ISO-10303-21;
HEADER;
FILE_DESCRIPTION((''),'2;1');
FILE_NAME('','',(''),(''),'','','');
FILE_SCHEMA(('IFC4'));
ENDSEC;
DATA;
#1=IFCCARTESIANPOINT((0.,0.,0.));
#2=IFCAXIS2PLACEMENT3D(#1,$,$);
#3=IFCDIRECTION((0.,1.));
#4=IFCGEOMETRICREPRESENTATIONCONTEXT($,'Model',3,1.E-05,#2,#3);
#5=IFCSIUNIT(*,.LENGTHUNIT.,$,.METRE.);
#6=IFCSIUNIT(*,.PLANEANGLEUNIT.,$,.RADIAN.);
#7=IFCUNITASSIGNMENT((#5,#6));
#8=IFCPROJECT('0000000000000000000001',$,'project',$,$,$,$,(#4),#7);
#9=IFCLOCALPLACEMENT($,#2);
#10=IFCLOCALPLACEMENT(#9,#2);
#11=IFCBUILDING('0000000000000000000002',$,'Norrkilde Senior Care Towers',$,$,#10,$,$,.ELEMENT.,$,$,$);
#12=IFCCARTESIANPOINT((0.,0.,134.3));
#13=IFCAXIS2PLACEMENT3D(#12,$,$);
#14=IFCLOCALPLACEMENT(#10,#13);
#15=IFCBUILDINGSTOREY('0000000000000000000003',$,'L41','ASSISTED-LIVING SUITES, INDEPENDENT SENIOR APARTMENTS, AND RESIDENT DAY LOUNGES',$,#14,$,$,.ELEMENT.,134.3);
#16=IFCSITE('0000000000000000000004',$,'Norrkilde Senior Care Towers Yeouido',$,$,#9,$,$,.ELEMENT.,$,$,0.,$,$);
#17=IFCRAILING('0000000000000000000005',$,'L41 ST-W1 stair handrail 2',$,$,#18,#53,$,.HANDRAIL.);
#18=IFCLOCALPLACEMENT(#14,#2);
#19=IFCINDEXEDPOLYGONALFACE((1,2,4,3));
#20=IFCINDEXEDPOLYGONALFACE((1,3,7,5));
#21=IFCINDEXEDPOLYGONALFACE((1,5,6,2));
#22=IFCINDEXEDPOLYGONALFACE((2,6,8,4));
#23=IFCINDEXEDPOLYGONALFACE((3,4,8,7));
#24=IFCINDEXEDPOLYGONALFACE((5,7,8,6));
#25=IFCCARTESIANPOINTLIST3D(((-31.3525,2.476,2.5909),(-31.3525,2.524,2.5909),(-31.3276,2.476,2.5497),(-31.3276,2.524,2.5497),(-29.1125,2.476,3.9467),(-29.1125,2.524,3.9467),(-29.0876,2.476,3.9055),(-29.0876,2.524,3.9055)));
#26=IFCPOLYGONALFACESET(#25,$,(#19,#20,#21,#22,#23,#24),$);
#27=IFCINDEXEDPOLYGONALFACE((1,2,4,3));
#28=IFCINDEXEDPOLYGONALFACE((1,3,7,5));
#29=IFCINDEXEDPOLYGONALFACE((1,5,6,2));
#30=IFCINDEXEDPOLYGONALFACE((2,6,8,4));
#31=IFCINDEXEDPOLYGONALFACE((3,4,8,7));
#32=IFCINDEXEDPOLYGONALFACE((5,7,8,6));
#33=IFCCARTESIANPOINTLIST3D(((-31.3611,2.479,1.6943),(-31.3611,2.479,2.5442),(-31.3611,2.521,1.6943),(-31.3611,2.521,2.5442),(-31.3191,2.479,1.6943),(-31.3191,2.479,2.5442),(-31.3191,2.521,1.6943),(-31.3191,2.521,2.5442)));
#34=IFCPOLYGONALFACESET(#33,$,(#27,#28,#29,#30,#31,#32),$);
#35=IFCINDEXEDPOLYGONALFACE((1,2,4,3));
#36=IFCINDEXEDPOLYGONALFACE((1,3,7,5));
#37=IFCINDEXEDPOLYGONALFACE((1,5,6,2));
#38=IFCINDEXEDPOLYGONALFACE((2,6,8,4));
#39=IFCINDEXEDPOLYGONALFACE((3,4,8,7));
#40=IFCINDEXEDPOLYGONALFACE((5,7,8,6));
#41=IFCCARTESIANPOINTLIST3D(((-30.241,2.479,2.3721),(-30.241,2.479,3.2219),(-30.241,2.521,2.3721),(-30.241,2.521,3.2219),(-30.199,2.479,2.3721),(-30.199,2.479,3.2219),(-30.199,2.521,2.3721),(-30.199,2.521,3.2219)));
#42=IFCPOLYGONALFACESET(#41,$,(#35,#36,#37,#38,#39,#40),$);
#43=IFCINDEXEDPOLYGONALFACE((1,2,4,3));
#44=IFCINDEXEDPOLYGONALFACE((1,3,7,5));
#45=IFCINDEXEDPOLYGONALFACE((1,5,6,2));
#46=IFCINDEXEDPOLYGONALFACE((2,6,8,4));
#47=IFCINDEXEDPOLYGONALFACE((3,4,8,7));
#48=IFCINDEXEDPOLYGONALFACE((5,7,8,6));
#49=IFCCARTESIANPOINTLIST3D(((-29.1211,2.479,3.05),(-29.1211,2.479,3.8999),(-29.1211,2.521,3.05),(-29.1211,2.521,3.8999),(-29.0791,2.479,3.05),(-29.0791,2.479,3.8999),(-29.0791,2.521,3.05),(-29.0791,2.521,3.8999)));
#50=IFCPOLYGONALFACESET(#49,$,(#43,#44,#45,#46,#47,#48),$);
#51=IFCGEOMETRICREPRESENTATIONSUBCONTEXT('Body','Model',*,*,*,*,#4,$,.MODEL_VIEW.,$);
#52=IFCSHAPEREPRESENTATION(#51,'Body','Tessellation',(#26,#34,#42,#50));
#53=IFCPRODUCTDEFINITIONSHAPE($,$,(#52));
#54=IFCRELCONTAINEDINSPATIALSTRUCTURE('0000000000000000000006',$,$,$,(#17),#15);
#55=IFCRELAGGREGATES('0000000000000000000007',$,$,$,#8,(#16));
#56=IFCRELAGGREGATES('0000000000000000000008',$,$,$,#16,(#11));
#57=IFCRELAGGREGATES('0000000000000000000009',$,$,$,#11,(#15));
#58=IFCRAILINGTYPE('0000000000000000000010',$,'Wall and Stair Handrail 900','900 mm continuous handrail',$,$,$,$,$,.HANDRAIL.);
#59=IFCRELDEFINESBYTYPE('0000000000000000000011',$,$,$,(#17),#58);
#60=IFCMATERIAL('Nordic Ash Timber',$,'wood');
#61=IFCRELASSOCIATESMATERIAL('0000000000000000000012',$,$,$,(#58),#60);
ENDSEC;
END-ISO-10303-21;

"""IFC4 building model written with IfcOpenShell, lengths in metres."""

from ifc_helpers import new_model, si_unit, direction, frame, origin, origin_2d, place, context, subcontext, project, spatial, rectangle, extrude, material, type_object, element, save


model = new_model("IFC4")

# Units and contexts
model_context = context("Model", 3, precision=1e-05, world=origin(), true_north=direction((0.0, 1.0)))
body_context = subcontext(model_context, "Body", "Model", "MODEL_VIEW")
ifc_project = project(units=[si_unit("LENGTHUNIT", "METRE"), si_unit("PLANEANGLEUNIT", "RADIAN")], contexts=[model_context])

# Site, building, storey
site_placement = place(None, origin())
site = spatial("IfcSite", under=ifc_project, at=site_placement, Name="Norrkilde Senior Care Towers Yeouido", CompositionType="ELEMENT", RefElevation=0.0)
building_placement = place(site_placement, origin())
building = spatial("IfcBuilding", under=site, at=building_placement, Name="Norrkilde Senior Care Towers", CompositionType="ELEMENT")
storey_placement = place(building_placement, frame((0.0, 0.0, 134.3)))
storey = spatial("IfcBuildingStorey", under=building, at=storey_placement, Name="L41", Description="ASSISTED-LIVING SUITES, INDEPENDENT SENIOR APARTMENTS, AND RESIDENT DAY LOUNGES", CompositionType="ELEMENT", Elevation=134.3)

# Railing
ifc_material_1 = material(Name="Nordic Ash Timber", Category="wood")
railing_type_1 = type_object("IfcRailingType", Name="Wall and Stair Handrail 900", Description="900 mm continuous handrail", PredefinedType="HANDRAIL", material=ifc_material_1)
railing_1_placement = place(storey_placement, frame((-31.3401, 2.5, 1.6943)))
element("IfcRailing", 1, at=railing_1_placement, inside=storey, type_object=railing_type_1, Name="L41 ST-W1 stair handrail 2", PredefinedType="HANDRAIL", context=body_context, shape_type="SweptSolid", body=[
    extrude(rectangle(XDim=0.0481, YDim=0.0481, at=origin_2d()), frame((0.0, 0.0, 0.876), z_axis=(0.855512, 0.0, 0.517783), x_axis=(0.0, 1.0, 0.0)), (0.0, 0.0, 1.0), 2.6184),
    extrude(rectangle(XDim=0.042, YDim=0.042, at=origin_2d()), origin(), (0.0, 0.0, 1.0), 0.8499),
    extrude(rectangle(XDim=0.042, YDim=0.042, at=origin_2d()), frame((1.1201, 0.0, 0.6777)), (0.0, 0.0, 1.0), 0.8499),
    extrude(rectangle(XDim=0.042, YDim=0.042, at=origin_2d()), frame((2.24, 0.0, 1.3557)), (0.0, 0.0, 1.0), 0.8499),
])

save(model, "model.ifc")
